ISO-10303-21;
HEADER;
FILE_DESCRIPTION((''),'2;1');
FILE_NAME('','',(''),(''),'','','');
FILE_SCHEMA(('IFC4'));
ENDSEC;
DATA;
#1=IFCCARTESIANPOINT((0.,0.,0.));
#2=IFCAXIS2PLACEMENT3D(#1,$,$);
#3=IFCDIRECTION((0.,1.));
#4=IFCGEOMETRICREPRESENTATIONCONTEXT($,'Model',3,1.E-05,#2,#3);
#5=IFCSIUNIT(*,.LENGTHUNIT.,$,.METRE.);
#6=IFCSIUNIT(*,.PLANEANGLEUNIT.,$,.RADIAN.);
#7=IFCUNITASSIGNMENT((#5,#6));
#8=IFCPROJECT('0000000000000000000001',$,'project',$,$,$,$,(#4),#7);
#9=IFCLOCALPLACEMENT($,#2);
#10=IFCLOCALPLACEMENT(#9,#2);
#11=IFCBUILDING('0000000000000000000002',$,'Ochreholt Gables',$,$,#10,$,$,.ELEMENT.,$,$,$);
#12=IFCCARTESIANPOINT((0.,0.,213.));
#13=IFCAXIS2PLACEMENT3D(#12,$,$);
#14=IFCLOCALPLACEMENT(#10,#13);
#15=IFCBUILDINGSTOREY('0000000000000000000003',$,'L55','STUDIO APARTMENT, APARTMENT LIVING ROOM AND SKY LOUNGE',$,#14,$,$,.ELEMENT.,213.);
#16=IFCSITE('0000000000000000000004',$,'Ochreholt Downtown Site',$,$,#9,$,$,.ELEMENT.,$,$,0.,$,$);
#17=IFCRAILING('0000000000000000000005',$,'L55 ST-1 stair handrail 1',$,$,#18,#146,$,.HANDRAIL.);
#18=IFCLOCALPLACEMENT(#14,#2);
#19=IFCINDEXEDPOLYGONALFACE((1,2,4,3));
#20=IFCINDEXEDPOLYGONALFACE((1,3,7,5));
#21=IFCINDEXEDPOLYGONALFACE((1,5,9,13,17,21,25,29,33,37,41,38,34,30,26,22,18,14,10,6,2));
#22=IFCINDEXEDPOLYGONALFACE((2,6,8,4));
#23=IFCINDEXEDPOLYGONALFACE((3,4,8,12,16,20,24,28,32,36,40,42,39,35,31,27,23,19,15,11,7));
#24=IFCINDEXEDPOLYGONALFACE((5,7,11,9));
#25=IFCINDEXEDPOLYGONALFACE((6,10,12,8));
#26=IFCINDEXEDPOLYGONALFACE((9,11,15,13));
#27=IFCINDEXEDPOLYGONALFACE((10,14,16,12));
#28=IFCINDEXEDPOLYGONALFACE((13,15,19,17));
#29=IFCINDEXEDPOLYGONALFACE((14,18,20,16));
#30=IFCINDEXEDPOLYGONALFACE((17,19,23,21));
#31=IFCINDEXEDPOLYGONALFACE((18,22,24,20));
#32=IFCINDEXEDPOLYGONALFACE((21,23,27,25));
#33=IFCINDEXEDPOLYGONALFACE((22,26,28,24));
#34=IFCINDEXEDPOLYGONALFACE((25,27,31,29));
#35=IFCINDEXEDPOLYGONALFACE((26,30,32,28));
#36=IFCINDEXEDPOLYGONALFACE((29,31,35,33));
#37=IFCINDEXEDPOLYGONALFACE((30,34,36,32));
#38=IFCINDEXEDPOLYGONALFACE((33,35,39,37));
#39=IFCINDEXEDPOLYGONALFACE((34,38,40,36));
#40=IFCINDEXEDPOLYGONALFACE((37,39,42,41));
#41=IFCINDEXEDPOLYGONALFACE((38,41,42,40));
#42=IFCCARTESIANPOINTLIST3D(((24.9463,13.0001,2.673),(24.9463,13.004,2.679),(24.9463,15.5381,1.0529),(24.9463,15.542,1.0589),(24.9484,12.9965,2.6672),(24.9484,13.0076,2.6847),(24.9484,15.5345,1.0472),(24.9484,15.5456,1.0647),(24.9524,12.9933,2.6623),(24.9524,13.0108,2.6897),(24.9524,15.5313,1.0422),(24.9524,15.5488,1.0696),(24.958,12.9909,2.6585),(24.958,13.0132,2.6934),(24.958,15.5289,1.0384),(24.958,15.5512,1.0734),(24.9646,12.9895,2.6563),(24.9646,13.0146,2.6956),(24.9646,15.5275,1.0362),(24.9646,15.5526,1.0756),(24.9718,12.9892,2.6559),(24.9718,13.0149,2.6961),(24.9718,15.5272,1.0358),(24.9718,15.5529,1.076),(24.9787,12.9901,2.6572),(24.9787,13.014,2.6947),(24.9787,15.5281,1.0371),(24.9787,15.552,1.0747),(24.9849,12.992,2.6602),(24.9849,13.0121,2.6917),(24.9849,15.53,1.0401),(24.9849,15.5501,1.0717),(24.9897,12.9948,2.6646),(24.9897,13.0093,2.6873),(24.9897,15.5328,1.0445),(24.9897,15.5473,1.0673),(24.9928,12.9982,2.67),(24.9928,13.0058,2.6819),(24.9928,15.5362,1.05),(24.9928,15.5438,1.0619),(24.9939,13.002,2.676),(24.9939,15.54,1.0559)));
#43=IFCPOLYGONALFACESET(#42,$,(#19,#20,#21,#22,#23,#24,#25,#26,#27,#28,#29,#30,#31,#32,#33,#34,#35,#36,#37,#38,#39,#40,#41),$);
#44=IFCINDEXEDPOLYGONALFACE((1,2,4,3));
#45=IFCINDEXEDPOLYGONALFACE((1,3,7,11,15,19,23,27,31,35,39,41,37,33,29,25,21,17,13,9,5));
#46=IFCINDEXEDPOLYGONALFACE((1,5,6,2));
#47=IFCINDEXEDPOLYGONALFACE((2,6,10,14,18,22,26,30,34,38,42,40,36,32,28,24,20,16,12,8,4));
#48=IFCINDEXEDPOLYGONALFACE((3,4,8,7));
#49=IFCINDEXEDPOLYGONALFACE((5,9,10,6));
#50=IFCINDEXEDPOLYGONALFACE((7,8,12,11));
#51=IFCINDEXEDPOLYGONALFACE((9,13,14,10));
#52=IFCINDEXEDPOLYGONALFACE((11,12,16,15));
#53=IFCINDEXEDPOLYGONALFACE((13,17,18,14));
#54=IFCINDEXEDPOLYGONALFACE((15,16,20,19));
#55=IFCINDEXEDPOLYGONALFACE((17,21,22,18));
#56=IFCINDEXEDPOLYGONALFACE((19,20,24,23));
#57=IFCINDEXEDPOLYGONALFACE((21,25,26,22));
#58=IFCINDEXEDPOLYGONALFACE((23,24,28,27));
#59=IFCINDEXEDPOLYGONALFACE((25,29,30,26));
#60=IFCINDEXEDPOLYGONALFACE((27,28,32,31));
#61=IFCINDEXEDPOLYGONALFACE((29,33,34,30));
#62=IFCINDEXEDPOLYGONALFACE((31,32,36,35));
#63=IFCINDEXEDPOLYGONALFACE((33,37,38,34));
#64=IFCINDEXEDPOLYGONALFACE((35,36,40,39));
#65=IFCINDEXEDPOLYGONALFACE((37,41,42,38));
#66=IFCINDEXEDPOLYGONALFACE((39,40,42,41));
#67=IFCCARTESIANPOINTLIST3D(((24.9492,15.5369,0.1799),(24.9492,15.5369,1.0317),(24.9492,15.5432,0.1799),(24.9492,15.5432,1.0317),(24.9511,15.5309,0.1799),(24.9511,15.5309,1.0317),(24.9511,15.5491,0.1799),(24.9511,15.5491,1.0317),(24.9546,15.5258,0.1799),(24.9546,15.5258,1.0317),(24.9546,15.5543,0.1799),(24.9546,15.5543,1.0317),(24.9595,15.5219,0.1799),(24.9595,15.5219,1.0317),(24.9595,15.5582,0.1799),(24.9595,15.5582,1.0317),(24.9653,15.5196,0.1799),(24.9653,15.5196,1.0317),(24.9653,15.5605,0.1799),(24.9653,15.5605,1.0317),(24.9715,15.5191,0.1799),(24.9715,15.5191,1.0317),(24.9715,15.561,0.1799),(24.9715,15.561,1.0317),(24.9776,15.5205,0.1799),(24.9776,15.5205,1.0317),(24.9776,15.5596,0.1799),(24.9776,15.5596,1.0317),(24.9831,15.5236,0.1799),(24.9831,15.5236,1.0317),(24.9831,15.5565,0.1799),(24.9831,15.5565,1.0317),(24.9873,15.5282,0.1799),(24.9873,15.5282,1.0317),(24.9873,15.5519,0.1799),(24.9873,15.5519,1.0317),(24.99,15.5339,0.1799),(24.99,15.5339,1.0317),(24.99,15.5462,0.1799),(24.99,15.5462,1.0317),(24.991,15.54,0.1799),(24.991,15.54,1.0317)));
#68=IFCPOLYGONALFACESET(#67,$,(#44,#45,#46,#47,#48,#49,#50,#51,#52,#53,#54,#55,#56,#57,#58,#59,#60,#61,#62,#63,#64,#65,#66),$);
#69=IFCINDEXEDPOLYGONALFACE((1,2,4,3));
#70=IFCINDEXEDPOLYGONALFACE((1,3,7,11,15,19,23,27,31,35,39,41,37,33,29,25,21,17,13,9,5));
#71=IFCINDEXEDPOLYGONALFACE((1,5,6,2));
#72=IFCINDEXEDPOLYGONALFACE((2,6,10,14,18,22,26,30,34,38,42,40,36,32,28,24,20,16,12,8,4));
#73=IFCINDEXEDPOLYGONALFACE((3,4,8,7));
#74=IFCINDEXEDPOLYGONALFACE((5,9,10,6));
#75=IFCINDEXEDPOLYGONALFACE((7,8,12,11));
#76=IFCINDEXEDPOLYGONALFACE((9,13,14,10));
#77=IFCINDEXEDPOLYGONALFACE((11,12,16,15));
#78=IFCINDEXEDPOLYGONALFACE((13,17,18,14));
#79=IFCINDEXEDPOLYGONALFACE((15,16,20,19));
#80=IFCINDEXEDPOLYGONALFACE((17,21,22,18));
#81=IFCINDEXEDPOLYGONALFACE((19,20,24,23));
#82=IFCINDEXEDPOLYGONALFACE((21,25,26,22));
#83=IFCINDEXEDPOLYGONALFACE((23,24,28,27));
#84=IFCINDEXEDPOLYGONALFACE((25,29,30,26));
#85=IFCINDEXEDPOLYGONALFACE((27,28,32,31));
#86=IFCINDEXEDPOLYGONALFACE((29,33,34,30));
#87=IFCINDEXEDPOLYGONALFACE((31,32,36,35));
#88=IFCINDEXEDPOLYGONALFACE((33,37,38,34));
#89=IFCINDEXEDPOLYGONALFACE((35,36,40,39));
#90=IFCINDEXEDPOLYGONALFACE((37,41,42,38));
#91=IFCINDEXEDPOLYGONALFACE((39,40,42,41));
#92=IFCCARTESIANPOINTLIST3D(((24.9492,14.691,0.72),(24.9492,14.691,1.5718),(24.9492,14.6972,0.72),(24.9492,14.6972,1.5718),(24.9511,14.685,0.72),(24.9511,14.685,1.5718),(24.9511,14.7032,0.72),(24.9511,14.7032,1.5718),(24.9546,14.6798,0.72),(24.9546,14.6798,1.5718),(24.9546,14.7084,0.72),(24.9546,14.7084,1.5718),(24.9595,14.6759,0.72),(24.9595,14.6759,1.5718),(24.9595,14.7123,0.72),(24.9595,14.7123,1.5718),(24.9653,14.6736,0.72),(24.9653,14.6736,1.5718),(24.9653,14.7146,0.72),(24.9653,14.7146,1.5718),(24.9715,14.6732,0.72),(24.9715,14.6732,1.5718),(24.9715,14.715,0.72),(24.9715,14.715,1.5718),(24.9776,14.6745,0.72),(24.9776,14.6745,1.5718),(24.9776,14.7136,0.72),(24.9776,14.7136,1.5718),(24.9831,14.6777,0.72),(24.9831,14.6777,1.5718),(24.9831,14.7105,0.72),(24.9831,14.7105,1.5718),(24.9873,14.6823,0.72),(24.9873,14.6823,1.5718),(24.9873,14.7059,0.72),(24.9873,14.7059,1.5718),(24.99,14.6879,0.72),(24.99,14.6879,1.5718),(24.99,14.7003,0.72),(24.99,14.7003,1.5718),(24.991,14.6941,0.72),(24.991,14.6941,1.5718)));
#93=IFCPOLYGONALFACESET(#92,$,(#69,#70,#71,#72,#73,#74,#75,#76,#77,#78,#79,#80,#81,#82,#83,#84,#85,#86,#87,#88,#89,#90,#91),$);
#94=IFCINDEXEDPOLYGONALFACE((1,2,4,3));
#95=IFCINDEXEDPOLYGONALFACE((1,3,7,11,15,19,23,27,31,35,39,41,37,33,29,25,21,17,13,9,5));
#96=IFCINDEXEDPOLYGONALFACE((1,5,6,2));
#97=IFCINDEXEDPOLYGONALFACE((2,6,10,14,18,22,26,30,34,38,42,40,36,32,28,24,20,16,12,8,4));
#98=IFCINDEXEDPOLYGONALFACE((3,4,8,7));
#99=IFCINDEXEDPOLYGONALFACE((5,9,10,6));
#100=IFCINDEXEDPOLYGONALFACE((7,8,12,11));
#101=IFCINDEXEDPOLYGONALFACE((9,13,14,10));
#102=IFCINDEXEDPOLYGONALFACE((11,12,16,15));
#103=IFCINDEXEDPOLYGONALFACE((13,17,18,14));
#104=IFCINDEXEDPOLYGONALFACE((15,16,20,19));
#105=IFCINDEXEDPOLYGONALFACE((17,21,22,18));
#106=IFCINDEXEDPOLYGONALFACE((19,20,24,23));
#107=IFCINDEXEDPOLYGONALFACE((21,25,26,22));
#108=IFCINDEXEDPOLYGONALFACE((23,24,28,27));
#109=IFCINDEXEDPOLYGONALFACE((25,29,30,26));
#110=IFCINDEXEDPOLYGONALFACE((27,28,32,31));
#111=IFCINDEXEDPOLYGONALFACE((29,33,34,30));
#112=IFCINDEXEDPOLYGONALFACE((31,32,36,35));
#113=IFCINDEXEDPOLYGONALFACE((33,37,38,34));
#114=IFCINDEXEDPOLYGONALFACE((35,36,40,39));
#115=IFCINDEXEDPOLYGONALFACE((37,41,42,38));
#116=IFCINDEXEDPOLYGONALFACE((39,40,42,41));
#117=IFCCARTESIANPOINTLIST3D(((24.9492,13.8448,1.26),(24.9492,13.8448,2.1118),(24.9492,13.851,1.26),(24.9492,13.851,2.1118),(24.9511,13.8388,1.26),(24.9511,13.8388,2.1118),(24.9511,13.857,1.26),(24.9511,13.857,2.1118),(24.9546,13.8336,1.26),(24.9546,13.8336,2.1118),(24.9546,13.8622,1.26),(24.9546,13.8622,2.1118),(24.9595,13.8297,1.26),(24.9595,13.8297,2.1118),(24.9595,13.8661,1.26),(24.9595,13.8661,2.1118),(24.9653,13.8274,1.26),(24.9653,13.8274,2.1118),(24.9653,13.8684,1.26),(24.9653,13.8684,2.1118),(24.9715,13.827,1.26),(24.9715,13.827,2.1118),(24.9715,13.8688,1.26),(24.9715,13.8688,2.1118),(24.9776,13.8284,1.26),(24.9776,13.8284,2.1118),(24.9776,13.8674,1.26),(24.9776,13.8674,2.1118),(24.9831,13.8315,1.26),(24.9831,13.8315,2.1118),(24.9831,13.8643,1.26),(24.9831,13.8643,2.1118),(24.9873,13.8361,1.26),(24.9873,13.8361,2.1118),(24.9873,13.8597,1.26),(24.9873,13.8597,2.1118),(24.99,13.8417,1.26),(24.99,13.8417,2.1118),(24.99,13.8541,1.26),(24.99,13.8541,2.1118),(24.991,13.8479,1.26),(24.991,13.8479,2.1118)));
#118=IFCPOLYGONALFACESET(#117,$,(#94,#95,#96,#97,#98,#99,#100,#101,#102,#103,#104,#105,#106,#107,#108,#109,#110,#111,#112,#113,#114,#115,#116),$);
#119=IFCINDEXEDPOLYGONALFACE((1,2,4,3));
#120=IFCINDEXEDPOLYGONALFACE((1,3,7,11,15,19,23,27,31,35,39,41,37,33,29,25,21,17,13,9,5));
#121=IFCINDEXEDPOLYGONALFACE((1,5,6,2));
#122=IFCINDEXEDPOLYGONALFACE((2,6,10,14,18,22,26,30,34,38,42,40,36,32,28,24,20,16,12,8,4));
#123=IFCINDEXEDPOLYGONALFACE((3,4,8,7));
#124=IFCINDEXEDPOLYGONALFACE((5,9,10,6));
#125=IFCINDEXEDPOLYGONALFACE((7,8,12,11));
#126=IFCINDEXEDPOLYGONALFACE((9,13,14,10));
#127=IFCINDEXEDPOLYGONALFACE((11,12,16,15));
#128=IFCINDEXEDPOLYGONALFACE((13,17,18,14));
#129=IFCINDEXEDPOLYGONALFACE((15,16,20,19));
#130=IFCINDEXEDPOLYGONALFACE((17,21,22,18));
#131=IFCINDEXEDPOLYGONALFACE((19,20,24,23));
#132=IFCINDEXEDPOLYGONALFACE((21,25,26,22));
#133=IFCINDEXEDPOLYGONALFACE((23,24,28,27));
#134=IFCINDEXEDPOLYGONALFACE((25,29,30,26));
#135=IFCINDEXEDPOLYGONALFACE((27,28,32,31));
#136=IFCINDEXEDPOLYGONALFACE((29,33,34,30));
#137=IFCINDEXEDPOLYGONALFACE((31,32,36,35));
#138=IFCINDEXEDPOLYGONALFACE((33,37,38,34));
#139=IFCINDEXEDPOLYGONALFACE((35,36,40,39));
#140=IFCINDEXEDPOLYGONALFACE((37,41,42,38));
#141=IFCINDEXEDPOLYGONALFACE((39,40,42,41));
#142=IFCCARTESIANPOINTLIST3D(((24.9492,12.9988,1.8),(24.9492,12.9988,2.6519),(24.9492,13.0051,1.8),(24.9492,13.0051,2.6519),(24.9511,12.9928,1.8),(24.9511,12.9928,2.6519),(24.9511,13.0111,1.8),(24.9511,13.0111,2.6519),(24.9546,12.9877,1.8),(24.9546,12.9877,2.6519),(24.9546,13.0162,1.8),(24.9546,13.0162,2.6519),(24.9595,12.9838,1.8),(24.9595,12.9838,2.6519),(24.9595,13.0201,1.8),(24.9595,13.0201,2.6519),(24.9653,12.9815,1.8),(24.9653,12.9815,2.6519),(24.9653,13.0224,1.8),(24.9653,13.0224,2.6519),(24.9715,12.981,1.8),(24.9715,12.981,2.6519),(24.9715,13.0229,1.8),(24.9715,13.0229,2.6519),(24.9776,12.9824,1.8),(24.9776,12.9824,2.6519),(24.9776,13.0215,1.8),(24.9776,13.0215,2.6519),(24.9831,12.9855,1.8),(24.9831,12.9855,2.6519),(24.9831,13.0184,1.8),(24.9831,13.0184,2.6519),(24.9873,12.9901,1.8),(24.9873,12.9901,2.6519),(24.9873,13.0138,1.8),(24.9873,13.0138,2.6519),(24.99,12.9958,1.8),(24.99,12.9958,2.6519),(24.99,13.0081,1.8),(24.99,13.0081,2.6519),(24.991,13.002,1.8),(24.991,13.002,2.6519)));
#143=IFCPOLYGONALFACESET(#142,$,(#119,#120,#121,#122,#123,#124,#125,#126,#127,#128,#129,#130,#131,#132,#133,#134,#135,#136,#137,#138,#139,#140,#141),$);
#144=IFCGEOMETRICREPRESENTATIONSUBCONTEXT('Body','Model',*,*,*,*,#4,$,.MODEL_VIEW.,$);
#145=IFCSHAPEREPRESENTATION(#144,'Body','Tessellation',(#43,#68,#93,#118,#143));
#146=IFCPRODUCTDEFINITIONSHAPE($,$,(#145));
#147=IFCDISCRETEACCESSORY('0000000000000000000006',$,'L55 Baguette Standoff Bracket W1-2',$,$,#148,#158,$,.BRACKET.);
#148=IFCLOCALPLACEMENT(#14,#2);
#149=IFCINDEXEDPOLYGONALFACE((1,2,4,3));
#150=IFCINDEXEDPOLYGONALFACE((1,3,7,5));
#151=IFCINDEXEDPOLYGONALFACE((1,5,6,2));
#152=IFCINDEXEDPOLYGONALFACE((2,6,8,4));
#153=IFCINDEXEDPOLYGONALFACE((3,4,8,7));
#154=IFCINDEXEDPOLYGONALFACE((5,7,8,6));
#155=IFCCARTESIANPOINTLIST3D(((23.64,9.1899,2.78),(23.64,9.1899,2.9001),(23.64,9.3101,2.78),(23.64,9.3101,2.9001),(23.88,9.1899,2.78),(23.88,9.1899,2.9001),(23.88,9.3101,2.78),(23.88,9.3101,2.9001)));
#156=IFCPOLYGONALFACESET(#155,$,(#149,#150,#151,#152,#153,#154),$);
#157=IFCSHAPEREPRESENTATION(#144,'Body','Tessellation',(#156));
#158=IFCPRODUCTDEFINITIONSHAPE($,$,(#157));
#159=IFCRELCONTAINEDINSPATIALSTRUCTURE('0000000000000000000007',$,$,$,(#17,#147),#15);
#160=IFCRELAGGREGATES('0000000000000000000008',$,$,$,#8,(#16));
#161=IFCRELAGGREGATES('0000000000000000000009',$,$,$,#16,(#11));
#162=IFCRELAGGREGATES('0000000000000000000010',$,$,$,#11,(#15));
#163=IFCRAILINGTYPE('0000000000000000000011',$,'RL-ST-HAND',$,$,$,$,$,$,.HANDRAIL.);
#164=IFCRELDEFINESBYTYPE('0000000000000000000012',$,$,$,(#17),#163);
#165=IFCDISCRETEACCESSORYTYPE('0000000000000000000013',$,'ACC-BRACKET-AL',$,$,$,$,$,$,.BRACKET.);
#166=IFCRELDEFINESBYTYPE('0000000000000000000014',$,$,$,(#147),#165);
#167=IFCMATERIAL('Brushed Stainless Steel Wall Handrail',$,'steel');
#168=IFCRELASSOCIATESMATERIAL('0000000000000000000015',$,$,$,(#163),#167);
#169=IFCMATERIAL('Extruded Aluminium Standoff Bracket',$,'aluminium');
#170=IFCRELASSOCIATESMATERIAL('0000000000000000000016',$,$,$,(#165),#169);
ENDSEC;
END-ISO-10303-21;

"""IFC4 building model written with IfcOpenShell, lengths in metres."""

from ifc_helpers import new_model, si_unit, direction, frame, origin, origin_2d, place, context, subcontext, project, spatial, rectangle, circle, extrude, material, type_object, element, save


model = new_model("IFC4")

# Units and contexts
model_context = context("Model", 3, precision=1e-05, world=origin(), true_north=direction((0.0, 1.0)))
body_context = subcontext(model_context, "Body", "Model", "MODEL_VIEW")
ifc_project = project(units=[si_unit("LENGTHUNIT", "METRE"), si_unit("PLANEANGLEUNIT", "RADIAN")], contexts=[model_context])

# Site, building, storey
site_placement = place(None, origin())
site = spatial("IfcSite", under=ifc_project, at=site_placement, Name="Ochreholt Downtown Site", CompositionType="ELEMENT", RefElevation=0.0)
building_placement = place(site_placement, origin())
building = spatial("IfcBuilding", under=site, at=building_placement, Name="Ochreholt Gables", CompositionType="ELEMENT")
storey_placement = place(building_placement, frame((0.0, 0.0, 213.0)))
storey = spatial("IfcBuildingStorey", under=building, at=storey_placement, Name="L55", Description="STUDIO APARTMENT, APARTMENT LIVING ROOM AND SKY LOUNGE", CompositionType="ELEMENT", Elevation=213.0)

# Railing
ifc_material_1 = material(Name="Brushed Stainless Steel Wall Handrail", Category="steel")
railing_type = type_object("IfcRailingType", Name="RL-ST-HAND", PredefinedType="HANDRAIL", material=ifc_material_1)
railing_placement = place(storey_placement, frame((24.97, 15.54, 0.1799)))
element("IfcRailing", 1, at=railing_placement, inside=storey, type_object=railing_type, Name="L55 ST-1 stair handrail 1", PredefinedType="HANDRAIL", context=body_context, shape_type="SweptSolid", body=[
    extrude(circle(Radius=0.0239, at=origin_2d()), frame((0.0, 0.0, 0.876), z_axis=(0.0, -0.842913, 0.53805), x_axis=(1.0, 0.0, 0.0)), (0.0, 0.0, 1.0), 3.011),
    extrude(circle(Radius=0.021, at=origin_2d()), origin(), (0.0, 0.0, 1.0), 0.8518),
    extrude(circle(Radius=0.021, at=origin_2d()), frame((0.0, -0.8459, 0.54)), (0.0, 0.0, 1.0), 0.8518),
    extrude(circle(Radius=0.021, at=origin_2d()), frame((0.0, -1.6921, 1.0801)), (0.0, 0.0, 1.0), 0.8518),
    extrude(circle(Radius=0.021, at=origin_2d()), frame((0.0, -2.5381, 1.6201)), (0.0, 0.0, 1.0), 0.8518),
])

# Discrete accessory
ifc_material_2 = material(Name="Extruded Aluminium Standoff Bracket", Category="aluminium")
discrete_accessory_type = type_object("IfcDiscreteAccessoryType", Name="ACC-BRACKET-AL", PredefinedType="BRACKET", material=ifc_material_2)
discrete_accessory_placement = place(storey_placement, frame((23.76, 9.25, 2.78), z_axis=(0.0, 0.0, 1.0), x_axis=(0.0, -1.0, 0.0)))
element("IfcDiscreteAccessory", 2, at=discrete_accessory_placement, inside=storey, type_object=discrete_accessory_type, Name="L55 Baguette Standoff Bracket W1-2", PredefinedType="BRACKET", context=body_context, shape_type="SweptSolid", body=[
    extrude(rectangle(XDim=0.1201, YDim=0.24, at=origin_2d()), origin(), (0.0, 0.0, 1.0), 0.1201),
])

save(model, "model.ifc")
